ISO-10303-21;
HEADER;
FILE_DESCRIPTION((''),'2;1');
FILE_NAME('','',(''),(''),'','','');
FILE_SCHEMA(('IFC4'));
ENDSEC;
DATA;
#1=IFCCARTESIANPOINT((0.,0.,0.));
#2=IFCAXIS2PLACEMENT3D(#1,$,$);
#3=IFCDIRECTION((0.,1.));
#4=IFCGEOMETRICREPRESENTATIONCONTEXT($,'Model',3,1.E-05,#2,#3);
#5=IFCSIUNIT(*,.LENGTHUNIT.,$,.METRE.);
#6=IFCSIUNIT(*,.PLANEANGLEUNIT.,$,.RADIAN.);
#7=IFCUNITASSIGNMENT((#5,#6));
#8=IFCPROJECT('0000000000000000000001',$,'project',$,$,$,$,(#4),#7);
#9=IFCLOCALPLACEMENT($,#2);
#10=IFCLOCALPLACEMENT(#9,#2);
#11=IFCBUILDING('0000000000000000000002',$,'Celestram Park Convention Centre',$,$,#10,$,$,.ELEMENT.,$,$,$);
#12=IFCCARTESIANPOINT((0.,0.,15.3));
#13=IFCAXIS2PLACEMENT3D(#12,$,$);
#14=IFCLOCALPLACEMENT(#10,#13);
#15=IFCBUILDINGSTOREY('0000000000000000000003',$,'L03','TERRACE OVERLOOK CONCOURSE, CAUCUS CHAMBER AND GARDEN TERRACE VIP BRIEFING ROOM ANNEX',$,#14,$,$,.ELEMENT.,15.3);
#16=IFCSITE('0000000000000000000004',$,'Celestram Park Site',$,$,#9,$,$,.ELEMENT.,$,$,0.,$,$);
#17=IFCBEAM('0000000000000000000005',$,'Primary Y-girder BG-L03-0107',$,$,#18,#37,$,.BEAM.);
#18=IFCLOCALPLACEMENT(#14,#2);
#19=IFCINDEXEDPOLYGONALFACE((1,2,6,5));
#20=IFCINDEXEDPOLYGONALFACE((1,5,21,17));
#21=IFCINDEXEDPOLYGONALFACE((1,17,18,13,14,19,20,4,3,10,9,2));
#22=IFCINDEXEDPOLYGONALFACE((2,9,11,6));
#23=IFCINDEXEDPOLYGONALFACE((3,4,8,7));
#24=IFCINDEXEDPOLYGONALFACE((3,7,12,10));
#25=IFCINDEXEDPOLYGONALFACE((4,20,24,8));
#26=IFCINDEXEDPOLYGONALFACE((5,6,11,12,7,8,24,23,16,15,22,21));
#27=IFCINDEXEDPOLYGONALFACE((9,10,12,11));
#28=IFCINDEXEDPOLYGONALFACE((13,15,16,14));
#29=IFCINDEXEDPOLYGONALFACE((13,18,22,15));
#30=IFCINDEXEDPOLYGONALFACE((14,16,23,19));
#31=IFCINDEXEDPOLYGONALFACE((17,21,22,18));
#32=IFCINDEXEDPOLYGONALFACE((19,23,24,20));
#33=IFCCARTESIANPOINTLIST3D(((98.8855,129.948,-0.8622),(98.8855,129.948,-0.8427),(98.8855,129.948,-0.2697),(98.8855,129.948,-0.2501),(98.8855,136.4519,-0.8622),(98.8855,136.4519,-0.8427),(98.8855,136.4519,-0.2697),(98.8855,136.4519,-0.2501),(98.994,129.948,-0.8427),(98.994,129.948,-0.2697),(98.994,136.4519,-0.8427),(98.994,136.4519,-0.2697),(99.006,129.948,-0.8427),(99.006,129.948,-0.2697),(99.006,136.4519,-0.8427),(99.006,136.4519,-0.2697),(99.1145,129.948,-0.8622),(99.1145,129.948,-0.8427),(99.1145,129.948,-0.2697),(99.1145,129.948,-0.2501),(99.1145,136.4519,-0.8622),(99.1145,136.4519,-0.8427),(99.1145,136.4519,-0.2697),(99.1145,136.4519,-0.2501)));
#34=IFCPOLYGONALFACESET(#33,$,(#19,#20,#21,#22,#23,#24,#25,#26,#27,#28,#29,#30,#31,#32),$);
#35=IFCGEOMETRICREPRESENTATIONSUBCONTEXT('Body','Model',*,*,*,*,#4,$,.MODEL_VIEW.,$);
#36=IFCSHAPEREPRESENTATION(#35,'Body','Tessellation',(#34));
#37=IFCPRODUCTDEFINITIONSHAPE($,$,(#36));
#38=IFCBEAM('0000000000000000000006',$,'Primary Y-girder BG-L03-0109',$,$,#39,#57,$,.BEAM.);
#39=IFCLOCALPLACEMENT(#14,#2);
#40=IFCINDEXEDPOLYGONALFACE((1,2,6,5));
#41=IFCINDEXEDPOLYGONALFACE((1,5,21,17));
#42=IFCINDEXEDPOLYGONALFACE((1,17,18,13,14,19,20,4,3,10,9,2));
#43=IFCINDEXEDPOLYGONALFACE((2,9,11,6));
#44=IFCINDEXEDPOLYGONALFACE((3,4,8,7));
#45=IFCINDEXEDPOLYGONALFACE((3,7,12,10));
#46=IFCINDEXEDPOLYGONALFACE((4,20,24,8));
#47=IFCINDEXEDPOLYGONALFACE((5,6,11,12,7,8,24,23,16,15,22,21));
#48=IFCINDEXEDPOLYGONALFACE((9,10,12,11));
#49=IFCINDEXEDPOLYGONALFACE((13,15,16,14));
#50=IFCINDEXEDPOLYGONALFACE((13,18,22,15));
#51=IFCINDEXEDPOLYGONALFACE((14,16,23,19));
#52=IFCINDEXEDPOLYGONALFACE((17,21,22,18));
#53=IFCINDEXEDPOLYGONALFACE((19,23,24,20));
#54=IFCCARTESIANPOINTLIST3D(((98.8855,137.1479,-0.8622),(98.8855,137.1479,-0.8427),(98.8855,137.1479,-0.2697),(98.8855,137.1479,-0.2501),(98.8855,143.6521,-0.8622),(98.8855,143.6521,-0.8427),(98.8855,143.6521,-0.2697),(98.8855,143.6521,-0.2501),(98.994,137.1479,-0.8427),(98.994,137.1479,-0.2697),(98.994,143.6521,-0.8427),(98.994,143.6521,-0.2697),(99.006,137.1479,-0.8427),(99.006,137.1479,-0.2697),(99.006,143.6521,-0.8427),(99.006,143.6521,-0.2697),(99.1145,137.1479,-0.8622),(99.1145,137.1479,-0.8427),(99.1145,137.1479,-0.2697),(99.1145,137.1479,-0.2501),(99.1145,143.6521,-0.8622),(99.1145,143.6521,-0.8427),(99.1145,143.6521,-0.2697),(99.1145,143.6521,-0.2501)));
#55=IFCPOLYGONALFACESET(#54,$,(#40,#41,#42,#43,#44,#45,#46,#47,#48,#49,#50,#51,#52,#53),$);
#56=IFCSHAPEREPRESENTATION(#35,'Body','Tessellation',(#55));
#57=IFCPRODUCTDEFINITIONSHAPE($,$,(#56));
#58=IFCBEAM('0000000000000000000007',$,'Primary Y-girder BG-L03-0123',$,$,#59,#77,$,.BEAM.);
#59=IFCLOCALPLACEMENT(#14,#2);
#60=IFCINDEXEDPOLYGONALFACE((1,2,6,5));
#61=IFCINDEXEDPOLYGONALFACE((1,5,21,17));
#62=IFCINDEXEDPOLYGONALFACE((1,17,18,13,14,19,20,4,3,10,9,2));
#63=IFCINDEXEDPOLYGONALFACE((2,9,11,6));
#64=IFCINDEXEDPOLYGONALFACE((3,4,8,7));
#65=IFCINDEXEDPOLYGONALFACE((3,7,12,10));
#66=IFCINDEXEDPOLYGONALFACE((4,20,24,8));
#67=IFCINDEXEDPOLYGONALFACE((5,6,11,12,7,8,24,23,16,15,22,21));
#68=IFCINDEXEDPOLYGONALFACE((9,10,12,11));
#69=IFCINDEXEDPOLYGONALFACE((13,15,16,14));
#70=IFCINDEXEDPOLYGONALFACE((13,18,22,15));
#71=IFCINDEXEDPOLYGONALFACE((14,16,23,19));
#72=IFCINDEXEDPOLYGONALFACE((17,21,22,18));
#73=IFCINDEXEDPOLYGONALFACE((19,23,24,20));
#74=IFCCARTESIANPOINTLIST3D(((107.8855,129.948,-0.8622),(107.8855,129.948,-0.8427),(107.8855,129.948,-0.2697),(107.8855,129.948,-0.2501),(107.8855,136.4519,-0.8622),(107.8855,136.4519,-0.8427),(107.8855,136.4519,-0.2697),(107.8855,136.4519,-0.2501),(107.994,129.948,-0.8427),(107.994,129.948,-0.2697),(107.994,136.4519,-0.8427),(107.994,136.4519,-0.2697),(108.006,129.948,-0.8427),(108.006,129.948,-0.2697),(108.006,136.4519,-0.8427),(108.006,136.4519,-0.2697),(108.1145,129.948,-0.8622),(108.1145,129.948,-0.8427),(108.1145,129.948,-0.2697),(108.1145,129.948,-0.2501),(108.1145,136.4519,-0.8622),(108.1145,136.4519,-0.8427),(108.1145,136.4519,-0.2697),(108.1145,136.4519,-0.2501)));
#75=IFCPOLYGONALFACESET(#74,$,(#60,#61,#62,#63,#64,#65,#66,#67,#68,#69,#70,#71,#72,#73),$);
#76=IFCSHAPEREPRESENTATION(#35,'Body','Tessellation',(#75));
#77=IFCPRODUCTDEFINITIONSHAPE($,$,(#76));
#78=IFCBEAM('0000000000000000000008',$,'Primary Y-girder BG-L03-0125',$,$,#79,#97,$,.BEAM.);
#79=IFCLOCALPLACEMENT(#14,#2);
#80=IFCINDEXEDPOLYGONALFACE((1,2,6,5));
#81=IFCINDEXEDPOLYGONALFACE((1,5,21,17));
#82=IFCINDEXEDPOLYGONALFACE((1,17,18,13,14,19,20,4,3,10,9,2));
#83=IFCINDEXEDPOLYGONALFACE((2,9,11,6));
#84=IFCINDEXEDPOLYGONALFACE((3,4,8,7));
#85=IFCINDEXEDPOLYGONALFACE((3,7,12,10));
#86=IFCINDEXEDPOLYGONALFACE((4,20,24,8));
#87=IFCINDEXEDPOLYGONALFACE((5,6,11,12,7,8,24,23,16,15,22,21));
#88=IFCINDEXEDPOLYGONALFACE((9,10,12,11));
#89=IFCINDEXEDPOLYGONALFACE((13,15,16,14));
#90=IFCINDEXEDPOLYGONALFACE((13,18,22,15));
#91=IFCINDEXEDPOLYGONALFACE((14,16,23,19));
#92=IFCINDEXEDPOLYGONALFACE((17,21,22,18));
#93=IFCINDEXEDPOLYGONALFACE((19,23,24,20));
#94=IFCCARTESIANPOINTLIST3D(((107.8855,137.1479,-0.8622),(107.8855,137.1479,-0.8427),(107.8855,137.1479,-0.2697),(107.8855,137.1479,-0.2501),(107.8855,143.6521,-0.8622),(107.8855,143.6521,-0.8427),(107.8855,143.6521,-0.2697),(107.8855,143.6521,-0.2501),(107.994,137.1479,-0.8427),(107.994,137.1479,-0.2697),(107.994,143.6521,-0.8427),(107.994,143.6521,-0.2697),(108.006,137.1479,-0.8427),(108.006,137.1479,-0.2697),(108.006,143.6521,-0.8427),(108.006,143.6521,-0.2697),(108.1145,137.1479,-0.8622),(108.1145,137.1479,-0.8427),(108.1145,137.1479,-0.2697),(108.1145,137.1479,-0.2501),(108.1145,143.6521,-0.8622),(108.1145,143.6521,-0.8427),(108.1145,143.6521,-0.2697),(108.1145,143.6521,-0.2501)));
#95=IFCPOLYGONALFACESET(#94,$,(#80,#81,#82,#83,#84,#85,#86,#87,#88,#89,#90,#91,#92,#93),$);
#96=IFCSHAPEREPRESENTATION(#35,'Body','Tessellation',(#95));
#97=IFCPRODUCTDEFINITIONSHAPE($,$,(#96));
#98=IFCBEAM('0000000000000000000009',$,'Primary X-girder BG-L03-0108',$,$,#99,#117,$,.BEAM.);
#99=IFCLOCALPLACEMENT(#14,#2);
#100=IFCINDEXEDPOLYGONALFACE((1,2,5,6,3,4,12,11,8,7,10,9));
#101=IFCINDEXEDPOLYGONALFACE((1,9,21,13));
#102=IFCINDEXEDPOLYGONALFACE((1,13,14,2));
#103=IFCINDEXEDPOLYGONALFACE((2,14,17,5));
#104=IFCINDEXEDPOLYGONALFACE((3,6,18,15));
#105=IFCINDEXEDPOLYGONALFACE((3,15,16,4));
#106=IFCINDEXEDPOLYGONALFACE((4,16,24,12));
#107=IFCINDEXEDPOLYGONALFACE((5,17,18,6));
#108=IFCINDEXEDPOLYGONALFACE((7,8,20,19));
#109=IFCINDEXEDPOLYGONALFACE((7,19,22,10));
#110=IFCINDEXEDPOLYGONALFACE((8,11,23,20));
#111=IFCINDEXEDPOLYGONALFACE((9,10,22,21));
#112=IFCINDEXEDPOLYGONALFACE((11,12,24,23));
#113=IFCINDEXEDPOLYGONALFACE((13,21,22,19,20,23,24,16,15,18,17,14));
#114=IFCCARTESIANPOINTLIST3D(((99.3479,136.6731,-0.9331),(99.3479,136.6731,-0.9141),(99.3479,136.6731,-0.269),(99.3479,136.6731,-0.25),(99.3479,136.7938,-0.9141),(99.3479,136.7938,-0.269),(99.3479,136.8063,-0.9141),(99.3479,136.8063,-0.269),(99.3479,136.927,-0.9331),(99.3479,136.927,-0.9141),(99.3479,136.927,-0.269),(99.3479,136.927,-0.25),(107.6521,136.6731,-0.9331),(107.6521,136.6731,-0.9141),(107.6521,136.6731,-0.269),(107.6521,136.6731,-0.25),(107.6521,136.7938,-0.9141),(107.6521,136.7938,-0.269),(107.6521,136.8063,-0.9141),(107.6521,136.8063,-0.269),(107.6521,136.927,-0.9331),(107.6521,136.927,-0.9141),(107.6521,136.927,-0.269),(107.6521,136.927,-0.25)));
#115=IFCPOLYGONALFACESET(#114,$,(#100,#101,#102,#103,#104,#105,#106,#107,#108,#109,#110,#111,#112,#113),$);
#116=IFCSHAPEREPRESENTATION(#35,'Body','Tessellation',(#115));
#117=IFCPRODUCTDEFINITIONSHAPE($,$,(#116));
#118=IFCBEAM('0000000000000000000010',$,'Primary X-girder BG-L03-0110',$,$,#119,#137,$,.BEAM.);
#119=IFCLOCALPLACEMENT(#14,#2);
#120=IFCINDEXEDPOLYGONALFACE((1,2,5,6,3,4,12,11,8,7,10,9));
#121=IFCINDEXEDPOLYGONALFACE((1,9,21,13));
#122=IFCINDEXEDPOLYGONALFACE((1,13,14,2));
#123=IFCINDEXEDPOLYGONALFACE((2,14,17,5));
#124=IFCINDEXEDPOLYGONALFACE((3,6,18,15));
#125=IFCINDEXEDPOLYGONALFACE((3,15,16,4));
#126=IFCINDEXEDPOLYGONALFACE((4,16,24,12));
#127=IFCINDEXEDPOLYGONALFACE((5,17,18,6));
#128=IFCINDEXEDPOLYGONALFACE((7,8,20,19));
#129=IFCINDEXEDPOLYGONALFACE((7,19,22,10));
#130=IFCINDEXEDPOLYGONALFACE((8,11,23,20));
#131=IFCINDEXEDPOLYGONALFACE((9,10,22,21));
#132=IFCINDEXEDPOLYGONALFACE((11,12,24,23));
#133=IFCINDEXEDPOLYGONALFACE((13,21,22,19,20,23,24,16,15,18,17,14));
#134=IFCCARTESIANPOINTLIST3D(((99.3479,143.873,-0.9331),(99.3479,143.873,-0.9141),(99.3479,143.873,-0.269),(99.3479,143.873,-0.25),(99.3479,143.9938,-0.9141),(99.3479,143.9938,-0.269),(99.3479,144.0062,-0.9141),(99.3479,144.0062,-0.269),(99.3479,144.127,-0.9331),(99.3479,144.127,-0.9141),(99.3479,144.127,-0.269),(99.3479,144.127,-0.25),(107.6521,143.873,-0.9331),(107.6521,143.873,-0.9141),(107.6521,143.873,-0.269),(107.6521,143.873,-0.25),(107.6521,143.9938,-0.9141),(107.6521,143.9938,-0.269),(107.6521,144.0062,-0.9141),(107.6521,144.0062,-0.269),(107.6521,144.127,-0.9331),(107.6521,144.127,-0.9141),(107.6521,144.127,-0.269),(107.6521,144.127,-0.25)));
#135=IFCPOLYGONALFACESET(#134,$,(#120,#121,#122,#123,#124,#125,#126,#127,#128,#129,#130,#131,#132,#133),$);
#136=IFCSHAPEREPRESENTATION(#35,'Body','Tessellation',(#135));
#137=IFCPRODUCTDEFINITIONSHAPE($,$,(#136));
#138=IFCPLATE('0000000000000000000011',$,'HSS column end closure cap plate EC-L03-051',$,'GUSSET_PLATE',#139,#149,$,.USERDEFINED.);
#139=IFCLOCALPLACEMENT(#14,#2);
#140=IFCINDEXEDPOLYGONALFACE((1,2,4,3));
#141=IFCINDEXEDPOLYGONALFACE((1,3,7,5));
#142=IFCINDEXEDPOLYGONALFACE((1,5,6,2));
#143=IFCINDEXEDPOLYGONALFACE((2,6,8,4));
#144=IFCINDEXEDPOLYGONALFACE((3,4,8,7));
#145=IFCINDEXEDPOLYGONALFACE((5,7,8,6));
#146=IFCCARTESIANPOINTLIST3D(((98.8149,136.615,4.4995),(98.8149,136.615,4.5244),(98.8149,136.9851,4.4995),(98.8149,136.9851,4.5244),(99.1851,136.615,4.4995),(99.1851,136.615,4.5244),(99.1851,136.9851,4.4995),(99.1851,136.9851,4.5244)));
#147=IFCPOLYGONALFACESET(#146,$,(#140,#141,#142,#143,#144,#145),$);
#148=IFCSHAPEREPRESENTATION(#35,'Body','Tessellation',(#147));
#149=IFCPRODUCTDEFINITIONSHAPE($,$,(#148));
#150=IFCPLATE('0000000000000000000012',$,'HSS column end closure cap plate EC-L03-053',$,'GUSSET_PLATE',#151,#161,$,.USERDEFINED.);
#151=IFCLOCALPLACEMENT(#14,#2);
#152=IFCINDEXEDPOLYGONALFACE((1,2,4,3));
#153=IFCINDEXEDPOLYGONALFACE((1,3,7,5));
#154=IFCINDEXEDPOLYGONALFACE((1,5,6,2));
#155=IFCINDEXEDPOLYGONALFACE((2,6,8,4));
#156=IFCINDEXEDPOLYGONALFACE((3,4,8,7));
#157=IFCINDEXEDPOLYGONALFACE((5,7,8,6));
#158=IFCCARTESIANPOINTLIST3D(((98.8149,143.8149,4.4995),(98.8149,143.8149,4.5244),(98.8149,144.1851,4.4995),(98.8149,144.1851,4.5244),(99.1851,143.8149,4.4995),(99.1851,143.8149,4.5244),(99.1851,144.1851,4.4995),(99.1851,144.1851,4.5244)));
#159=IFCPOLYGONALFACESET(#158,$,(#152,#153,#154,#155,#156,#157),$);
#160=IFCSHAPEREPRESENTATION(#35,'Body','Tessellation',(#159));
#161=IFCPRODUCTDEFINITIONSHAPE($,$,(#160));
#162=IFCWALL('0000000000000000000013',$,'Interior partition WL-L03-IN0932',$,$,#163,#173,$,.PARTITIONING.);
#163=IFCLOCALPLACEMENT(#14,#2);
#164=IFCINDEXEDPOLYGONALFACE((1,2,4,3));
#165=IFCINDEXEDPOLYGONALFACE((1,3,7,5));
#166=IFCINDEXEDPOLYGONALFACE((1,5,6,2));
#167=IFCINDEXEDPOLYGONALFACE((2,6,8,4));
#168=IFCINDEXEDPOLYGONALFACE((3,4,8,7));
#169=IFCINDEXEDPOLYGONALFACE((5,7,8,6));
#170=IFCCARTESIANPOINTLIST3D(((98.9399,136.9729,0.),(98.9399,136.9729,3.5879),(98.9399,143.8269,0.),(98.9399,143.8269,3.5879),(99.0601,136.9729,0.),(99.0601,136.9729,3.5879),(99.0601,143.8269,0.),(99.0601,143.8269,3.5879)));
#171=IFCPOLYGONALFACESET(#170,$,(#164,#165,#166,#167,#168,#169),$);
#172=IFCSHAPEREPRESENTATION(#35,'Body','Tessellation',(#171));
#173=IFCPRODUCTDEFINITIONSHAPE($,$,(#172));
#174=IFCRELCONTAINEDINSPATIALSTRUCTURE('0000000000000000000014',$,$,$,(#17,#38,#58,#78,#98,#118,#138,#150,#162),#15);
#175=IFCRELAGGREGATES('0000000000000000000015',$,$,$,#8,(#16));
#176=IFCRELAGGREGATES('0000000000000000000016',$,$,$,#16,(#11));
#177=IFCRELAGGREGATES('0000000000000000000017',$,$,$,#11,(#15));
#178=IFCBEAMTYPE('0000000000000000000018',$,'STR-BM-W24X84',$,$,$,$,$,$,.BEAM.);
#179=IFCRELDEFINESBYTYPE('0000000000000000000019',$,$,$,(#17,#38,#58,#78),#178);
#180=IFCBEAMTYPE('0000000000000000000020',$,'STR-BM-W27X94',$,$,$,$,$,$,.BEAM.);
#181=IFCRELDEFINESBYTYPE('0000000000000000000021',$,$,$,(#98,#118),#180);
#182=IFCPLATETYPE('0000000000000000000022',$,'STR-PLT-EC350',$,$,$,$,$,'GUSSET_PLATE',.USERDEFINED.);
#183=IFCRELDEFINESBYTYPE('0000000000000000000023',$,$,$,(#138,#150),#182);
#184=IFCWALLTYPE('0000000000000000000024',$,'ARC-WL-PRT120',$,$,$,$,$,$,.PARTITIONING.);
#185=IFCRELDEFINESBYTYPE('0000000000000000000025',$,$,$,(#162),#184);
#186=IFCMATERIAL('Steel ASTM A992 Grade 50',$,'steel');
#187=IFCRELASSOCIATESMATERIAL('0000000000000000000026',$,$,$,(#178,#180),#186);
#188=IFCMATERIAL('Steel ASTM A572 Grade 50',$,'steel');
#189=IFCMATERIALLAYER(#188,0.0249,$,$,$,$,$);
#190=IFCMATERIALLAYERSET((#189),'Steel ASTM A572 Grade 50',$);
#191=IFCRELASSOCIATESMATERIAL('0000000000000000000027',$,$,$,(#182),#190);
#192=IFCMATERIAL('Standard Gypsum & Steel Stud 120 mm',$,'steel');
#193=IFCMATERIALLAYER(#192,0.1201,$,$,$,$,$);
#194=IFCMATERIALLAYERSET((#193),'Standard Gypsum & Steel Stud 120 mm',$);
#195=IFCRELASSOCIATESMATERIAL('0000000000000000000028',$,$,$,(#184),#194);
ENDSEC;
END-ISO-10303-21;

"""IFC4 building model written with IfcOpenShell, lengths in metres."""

from ifc_helpers import new_model, si_unit, direction, frame, frame_2d, origin, origin_2d, place, context, subcontext, project, spatial, rectangle, i_section, extrude, material, layer, layer_set, material_profile, profile_set, type_object, element, save


model = new_model("IFC4")

# Units and contexts
model_context = context("Model", 3, precision=1e-05, world=origin(), true_north=direction((0.0, 1.0)))
body_context = subcontext(model_context, "Body", "Model", "MODEL_VIEW")
ifc_project = project(units=[si_unit("LENGTHUNIT", "METRE"), si_unit("PLANEANGLEUNIT", "RADIAN")], contexts=[model_context])

# Site, building, storey
site_placement = place(None, origin())
site = spatial("IfcSite", under=ifc_project, at=site_placement, Name="Celestram Park Site", CompositionType="ELEMENT", RefElevation=0.0)
building_placement = place(site_placement, origin())
building = spatial("IfcBuilding", under=site, at=building_placement, Name="Celestram Park Convention Centre", CompositionType="ELEMENT")
storey_placement = place(building_placement, frame((0.0, 0.0, 15.3)))
storey = spatial("IfcBuildingStorey", under=building, at=storey_placement, Name="L03", Description="TERRACE OVERLOOK CONCOURSE, CAUCUS CHAMBER AND GARDEN TERRACE VIP BRIEFING ROOM ANNEX", CompositionType="ELEMENT", Elevation=15.3)

# Beams
ifc_material_1 = material(Name="Steel ASTM A992 Grade 50", Category="steel")
ifc_material_profile_1 = material_profile(ifc_material_1, i_section(OverallWidth=0.229, OverallDepth=0.6121, WebThickness=0.012, FlangeThickness=0.0195, at=origin_2d()), Name="W24X84")
ifc_profile_set_1 = profile_set([ifc_material_profile_1], Name="Steel ASTM A992 Grade 50")
beam_type_1 = type_object("IfcBeamType", Name="STR-BM-W24X84", PredefinedType="BEAM", material=ifc_profile_set_1)
beam_1_placement = place(storey_placement, frame((99.0, 129.948, -0.5562), z_axis=(0.0, 1.0, 0.0), x_axis=(-1.0, 0.0, 0.0)))
element("IfcBeam", 1, at=beam_1_placement, inside=storey, type_object=beam_type_1, Name="Primary Y-girder BG-L03-0107", PredefinedType="BEAM", context=body_context, shape_type="SweptSolid", body=[
    extrude(i_section(OverallWidth=0.229, OverallDepth=0.6121, WebThickness=0.012, FlangeThickness=0.0195, at=origin_2d()), origin(), (0.0, 0.0, 1.0), 6.5039),
])
beam_2_placement = place(storey_placement, frame((99.0, 137.1479, -0.5562), z_axis=(0.0, 1.0, 0.0), x_axis=(-1.0, 0.0, 0.0)))
element("IfcBeam", 2, at=beam_2_placement, inside=storey, type_object=beam_type_1, Name="Primary Y-girder BG-L03-0109", PredefinedType="BEAM", context=body_context, shape_type="SweptSolid", body=[
    extrude(i_section(OverallWidth=0.229, OverallDepth=0.6121, WebThickness=0.012, FlangeThickness=0.0195, at=origin_2d()), origin(), (0.0, 0.0, 1.0), 6.5042),
])
beam_3_placement = place(storey_placement, frame((108.0, 129.948, -0.5562), z_axis=(0.0, 1.0, 0.0), x_axis=(-1.0, 0.0, 0.0)))
element("IfcBeam", 3, at=beam_3_placement, inside=storey, type_object=beam_type_1, Name="Primary Y-girder BG-L03-0123", PredefinedType="BEAM", context=body_context, shape_type="SweptSolid", body=[
    extrude(i_section(OverallWidth=0.229, OverallDepth=0.6121, WebThickness=0.012, FlangeThickness=0.0195, at=origin_2d()), origin(), (0.0, 0.0, 1.0), 6.5039),
])
beam_4_placement = place(storey_placement, frame((108.0, 137.1479, -0.5562), z_axis=(0.0, 1.0, 0.0), x_axis=(-1.0, 0.0, 0.0)))
element("IfcBeam", 4, at=beam_4_placement, inside=storey, type_object=beam_type_1, Name="Primary Y-girder BG-L03-0125", PredefinedType="BEAM", context=body_context, shape_type="SweptSolid", body=[
    extrude(i_section(OverallWidth=0.229, OverallDepth=0.6121, WebThickness=0.012, FlangeThickness=0.0195, at=origin_2d()), origin(), (0.0, 0.0, 1.0), 6.5042),
])
ifc_material_profile_2 = material_profile(ifc_material_1, i_section(OverallWidth=0.2539, OverallDepth=0.6831, WebThickness=0.0125, FlangeThickness=0.019, at=origin_2d()), Name="W27X94")
ifc_profile_set_2 = profile_set([ifc_material_profile_2], Name="Steel ASTM A992 Grade 50")
beam_type_2 = type_object("IfcBeamType", Name="STR-BM-W27X94", PredefinedType="BEAM", material=ifc_profile_set_2)
for number, where, z_axis, x_axis, name in (
    (5, (99.3479, 136.8, -0.5916), (1.0, 0.0, 0.0), (0.0, 1.0, 0.0), "Primary X-girder BG-L03-0108"),
    (6, (99.3479, 144.0, -0.5916), (1.0, 0.0, 0.0), (0.0, 1.0, 0.0), "Primary X-girder BG-L03-0110"),
):
    element("IfcBeam", number, at=place(storey_placement, frame(where, z_axis=z_axis, x_axis=x_axis)), inside=storey, type_object=beam_type_2, Name=name, PredefinedType="BEAM", context=body_context, shape_type="SweptSolid", body=[
        extrude(i_section(OverallWidth=0.2539, OverallDepth=0.6831, WebThickness=0.0125, FlangeThickness=0.019, at=origin_2d()), origin(), (0.0, 0.0, 1.0), 8.3042),
    ])

# Plates
ifc_material_2 = material(Name="Steel ASTM A572 Grade 50", Category="steel")
ifc_layer_1 = layer(ifc_material_2, 0.0249)
ifc_layer_set_1 = layer_set([ifc_layer_1], Name="Steel ASTM A572 Grade 50")
plate_type = type_object("IfcPlateType", Name="STR-PLT-EC350", ElementType="GUSSET_PLATE", PredefinedType="USERDEFINED", material=ifc_layer_set_1)
for number, where, z_axis, x_axis, name in (
    (7, (99.0, 136.8, 4.4995), (0.0, 0.0, 1.0), (1.0, 0.0, 0.0), "HSS column end closure cap plate EC-L03-051"),
    (8, (99.0, 144.0, 4.4995), (0.0, 0.0, 1.0), (1.0, 0.0, 0.0), "HSS column end closure cap plate EC-L03-053"),
):
    element("IfcPlate", number, at=place(storey_placement, frame(where, z_axis=z_axis, x_axis=x_axis)), inside=storey, type_object=plate_type, Name=name, ObjectType="GUSSET_PLATE", PredefinedType="USERDEFINED", context=body_context, shape_type="SweptSolid", body=[
        extrude(rectangle(XDim=0.3701, YDim=0.3701, at=origin_2d()), origin(), (0.0, 0.0, 1.0), 0.0249),
    ])

# Wall
ifc_material_3 = material(Name="Standard Gypsum & Steel Stud 120 mm", Category="steel")
ifc_layer_2 = layer(ifc_material_3, 0.1201)
ifc_layer_set_2 = layer_set([ifc_layer_2], Name="Standard Gypsum & Steel Stud 120 mm")
wall_type_1 = type_object("IfcWallType", Name="ARC-WL-PRT120", PredefinedType="PARTITIONING", material=ifc_layer_set_2)
wall_1_placement = place(storey_placement, frame((99.0, 136.9729, 0.0), z_axis=(0.0, 0.0, 1.0), x_axis=(0.0, 1.0, 0.0)))
element("IfcWall", 9, at=wall_1_placement, inside=storey, type_object=wall_type_1, Name="Interior partition WL-L03-IN0932", PredefinedType="PARTITIONING", context=body_context, shape_type="SweptSolid", body=[
    extrude(rectangle(XDim=6.854, YDim=0.1201, at=frame_2d((3.427, 0.0))), origin(), (0.0, 0.0, 1.0), 3.5879),
])

save(model, "model.ifc")
